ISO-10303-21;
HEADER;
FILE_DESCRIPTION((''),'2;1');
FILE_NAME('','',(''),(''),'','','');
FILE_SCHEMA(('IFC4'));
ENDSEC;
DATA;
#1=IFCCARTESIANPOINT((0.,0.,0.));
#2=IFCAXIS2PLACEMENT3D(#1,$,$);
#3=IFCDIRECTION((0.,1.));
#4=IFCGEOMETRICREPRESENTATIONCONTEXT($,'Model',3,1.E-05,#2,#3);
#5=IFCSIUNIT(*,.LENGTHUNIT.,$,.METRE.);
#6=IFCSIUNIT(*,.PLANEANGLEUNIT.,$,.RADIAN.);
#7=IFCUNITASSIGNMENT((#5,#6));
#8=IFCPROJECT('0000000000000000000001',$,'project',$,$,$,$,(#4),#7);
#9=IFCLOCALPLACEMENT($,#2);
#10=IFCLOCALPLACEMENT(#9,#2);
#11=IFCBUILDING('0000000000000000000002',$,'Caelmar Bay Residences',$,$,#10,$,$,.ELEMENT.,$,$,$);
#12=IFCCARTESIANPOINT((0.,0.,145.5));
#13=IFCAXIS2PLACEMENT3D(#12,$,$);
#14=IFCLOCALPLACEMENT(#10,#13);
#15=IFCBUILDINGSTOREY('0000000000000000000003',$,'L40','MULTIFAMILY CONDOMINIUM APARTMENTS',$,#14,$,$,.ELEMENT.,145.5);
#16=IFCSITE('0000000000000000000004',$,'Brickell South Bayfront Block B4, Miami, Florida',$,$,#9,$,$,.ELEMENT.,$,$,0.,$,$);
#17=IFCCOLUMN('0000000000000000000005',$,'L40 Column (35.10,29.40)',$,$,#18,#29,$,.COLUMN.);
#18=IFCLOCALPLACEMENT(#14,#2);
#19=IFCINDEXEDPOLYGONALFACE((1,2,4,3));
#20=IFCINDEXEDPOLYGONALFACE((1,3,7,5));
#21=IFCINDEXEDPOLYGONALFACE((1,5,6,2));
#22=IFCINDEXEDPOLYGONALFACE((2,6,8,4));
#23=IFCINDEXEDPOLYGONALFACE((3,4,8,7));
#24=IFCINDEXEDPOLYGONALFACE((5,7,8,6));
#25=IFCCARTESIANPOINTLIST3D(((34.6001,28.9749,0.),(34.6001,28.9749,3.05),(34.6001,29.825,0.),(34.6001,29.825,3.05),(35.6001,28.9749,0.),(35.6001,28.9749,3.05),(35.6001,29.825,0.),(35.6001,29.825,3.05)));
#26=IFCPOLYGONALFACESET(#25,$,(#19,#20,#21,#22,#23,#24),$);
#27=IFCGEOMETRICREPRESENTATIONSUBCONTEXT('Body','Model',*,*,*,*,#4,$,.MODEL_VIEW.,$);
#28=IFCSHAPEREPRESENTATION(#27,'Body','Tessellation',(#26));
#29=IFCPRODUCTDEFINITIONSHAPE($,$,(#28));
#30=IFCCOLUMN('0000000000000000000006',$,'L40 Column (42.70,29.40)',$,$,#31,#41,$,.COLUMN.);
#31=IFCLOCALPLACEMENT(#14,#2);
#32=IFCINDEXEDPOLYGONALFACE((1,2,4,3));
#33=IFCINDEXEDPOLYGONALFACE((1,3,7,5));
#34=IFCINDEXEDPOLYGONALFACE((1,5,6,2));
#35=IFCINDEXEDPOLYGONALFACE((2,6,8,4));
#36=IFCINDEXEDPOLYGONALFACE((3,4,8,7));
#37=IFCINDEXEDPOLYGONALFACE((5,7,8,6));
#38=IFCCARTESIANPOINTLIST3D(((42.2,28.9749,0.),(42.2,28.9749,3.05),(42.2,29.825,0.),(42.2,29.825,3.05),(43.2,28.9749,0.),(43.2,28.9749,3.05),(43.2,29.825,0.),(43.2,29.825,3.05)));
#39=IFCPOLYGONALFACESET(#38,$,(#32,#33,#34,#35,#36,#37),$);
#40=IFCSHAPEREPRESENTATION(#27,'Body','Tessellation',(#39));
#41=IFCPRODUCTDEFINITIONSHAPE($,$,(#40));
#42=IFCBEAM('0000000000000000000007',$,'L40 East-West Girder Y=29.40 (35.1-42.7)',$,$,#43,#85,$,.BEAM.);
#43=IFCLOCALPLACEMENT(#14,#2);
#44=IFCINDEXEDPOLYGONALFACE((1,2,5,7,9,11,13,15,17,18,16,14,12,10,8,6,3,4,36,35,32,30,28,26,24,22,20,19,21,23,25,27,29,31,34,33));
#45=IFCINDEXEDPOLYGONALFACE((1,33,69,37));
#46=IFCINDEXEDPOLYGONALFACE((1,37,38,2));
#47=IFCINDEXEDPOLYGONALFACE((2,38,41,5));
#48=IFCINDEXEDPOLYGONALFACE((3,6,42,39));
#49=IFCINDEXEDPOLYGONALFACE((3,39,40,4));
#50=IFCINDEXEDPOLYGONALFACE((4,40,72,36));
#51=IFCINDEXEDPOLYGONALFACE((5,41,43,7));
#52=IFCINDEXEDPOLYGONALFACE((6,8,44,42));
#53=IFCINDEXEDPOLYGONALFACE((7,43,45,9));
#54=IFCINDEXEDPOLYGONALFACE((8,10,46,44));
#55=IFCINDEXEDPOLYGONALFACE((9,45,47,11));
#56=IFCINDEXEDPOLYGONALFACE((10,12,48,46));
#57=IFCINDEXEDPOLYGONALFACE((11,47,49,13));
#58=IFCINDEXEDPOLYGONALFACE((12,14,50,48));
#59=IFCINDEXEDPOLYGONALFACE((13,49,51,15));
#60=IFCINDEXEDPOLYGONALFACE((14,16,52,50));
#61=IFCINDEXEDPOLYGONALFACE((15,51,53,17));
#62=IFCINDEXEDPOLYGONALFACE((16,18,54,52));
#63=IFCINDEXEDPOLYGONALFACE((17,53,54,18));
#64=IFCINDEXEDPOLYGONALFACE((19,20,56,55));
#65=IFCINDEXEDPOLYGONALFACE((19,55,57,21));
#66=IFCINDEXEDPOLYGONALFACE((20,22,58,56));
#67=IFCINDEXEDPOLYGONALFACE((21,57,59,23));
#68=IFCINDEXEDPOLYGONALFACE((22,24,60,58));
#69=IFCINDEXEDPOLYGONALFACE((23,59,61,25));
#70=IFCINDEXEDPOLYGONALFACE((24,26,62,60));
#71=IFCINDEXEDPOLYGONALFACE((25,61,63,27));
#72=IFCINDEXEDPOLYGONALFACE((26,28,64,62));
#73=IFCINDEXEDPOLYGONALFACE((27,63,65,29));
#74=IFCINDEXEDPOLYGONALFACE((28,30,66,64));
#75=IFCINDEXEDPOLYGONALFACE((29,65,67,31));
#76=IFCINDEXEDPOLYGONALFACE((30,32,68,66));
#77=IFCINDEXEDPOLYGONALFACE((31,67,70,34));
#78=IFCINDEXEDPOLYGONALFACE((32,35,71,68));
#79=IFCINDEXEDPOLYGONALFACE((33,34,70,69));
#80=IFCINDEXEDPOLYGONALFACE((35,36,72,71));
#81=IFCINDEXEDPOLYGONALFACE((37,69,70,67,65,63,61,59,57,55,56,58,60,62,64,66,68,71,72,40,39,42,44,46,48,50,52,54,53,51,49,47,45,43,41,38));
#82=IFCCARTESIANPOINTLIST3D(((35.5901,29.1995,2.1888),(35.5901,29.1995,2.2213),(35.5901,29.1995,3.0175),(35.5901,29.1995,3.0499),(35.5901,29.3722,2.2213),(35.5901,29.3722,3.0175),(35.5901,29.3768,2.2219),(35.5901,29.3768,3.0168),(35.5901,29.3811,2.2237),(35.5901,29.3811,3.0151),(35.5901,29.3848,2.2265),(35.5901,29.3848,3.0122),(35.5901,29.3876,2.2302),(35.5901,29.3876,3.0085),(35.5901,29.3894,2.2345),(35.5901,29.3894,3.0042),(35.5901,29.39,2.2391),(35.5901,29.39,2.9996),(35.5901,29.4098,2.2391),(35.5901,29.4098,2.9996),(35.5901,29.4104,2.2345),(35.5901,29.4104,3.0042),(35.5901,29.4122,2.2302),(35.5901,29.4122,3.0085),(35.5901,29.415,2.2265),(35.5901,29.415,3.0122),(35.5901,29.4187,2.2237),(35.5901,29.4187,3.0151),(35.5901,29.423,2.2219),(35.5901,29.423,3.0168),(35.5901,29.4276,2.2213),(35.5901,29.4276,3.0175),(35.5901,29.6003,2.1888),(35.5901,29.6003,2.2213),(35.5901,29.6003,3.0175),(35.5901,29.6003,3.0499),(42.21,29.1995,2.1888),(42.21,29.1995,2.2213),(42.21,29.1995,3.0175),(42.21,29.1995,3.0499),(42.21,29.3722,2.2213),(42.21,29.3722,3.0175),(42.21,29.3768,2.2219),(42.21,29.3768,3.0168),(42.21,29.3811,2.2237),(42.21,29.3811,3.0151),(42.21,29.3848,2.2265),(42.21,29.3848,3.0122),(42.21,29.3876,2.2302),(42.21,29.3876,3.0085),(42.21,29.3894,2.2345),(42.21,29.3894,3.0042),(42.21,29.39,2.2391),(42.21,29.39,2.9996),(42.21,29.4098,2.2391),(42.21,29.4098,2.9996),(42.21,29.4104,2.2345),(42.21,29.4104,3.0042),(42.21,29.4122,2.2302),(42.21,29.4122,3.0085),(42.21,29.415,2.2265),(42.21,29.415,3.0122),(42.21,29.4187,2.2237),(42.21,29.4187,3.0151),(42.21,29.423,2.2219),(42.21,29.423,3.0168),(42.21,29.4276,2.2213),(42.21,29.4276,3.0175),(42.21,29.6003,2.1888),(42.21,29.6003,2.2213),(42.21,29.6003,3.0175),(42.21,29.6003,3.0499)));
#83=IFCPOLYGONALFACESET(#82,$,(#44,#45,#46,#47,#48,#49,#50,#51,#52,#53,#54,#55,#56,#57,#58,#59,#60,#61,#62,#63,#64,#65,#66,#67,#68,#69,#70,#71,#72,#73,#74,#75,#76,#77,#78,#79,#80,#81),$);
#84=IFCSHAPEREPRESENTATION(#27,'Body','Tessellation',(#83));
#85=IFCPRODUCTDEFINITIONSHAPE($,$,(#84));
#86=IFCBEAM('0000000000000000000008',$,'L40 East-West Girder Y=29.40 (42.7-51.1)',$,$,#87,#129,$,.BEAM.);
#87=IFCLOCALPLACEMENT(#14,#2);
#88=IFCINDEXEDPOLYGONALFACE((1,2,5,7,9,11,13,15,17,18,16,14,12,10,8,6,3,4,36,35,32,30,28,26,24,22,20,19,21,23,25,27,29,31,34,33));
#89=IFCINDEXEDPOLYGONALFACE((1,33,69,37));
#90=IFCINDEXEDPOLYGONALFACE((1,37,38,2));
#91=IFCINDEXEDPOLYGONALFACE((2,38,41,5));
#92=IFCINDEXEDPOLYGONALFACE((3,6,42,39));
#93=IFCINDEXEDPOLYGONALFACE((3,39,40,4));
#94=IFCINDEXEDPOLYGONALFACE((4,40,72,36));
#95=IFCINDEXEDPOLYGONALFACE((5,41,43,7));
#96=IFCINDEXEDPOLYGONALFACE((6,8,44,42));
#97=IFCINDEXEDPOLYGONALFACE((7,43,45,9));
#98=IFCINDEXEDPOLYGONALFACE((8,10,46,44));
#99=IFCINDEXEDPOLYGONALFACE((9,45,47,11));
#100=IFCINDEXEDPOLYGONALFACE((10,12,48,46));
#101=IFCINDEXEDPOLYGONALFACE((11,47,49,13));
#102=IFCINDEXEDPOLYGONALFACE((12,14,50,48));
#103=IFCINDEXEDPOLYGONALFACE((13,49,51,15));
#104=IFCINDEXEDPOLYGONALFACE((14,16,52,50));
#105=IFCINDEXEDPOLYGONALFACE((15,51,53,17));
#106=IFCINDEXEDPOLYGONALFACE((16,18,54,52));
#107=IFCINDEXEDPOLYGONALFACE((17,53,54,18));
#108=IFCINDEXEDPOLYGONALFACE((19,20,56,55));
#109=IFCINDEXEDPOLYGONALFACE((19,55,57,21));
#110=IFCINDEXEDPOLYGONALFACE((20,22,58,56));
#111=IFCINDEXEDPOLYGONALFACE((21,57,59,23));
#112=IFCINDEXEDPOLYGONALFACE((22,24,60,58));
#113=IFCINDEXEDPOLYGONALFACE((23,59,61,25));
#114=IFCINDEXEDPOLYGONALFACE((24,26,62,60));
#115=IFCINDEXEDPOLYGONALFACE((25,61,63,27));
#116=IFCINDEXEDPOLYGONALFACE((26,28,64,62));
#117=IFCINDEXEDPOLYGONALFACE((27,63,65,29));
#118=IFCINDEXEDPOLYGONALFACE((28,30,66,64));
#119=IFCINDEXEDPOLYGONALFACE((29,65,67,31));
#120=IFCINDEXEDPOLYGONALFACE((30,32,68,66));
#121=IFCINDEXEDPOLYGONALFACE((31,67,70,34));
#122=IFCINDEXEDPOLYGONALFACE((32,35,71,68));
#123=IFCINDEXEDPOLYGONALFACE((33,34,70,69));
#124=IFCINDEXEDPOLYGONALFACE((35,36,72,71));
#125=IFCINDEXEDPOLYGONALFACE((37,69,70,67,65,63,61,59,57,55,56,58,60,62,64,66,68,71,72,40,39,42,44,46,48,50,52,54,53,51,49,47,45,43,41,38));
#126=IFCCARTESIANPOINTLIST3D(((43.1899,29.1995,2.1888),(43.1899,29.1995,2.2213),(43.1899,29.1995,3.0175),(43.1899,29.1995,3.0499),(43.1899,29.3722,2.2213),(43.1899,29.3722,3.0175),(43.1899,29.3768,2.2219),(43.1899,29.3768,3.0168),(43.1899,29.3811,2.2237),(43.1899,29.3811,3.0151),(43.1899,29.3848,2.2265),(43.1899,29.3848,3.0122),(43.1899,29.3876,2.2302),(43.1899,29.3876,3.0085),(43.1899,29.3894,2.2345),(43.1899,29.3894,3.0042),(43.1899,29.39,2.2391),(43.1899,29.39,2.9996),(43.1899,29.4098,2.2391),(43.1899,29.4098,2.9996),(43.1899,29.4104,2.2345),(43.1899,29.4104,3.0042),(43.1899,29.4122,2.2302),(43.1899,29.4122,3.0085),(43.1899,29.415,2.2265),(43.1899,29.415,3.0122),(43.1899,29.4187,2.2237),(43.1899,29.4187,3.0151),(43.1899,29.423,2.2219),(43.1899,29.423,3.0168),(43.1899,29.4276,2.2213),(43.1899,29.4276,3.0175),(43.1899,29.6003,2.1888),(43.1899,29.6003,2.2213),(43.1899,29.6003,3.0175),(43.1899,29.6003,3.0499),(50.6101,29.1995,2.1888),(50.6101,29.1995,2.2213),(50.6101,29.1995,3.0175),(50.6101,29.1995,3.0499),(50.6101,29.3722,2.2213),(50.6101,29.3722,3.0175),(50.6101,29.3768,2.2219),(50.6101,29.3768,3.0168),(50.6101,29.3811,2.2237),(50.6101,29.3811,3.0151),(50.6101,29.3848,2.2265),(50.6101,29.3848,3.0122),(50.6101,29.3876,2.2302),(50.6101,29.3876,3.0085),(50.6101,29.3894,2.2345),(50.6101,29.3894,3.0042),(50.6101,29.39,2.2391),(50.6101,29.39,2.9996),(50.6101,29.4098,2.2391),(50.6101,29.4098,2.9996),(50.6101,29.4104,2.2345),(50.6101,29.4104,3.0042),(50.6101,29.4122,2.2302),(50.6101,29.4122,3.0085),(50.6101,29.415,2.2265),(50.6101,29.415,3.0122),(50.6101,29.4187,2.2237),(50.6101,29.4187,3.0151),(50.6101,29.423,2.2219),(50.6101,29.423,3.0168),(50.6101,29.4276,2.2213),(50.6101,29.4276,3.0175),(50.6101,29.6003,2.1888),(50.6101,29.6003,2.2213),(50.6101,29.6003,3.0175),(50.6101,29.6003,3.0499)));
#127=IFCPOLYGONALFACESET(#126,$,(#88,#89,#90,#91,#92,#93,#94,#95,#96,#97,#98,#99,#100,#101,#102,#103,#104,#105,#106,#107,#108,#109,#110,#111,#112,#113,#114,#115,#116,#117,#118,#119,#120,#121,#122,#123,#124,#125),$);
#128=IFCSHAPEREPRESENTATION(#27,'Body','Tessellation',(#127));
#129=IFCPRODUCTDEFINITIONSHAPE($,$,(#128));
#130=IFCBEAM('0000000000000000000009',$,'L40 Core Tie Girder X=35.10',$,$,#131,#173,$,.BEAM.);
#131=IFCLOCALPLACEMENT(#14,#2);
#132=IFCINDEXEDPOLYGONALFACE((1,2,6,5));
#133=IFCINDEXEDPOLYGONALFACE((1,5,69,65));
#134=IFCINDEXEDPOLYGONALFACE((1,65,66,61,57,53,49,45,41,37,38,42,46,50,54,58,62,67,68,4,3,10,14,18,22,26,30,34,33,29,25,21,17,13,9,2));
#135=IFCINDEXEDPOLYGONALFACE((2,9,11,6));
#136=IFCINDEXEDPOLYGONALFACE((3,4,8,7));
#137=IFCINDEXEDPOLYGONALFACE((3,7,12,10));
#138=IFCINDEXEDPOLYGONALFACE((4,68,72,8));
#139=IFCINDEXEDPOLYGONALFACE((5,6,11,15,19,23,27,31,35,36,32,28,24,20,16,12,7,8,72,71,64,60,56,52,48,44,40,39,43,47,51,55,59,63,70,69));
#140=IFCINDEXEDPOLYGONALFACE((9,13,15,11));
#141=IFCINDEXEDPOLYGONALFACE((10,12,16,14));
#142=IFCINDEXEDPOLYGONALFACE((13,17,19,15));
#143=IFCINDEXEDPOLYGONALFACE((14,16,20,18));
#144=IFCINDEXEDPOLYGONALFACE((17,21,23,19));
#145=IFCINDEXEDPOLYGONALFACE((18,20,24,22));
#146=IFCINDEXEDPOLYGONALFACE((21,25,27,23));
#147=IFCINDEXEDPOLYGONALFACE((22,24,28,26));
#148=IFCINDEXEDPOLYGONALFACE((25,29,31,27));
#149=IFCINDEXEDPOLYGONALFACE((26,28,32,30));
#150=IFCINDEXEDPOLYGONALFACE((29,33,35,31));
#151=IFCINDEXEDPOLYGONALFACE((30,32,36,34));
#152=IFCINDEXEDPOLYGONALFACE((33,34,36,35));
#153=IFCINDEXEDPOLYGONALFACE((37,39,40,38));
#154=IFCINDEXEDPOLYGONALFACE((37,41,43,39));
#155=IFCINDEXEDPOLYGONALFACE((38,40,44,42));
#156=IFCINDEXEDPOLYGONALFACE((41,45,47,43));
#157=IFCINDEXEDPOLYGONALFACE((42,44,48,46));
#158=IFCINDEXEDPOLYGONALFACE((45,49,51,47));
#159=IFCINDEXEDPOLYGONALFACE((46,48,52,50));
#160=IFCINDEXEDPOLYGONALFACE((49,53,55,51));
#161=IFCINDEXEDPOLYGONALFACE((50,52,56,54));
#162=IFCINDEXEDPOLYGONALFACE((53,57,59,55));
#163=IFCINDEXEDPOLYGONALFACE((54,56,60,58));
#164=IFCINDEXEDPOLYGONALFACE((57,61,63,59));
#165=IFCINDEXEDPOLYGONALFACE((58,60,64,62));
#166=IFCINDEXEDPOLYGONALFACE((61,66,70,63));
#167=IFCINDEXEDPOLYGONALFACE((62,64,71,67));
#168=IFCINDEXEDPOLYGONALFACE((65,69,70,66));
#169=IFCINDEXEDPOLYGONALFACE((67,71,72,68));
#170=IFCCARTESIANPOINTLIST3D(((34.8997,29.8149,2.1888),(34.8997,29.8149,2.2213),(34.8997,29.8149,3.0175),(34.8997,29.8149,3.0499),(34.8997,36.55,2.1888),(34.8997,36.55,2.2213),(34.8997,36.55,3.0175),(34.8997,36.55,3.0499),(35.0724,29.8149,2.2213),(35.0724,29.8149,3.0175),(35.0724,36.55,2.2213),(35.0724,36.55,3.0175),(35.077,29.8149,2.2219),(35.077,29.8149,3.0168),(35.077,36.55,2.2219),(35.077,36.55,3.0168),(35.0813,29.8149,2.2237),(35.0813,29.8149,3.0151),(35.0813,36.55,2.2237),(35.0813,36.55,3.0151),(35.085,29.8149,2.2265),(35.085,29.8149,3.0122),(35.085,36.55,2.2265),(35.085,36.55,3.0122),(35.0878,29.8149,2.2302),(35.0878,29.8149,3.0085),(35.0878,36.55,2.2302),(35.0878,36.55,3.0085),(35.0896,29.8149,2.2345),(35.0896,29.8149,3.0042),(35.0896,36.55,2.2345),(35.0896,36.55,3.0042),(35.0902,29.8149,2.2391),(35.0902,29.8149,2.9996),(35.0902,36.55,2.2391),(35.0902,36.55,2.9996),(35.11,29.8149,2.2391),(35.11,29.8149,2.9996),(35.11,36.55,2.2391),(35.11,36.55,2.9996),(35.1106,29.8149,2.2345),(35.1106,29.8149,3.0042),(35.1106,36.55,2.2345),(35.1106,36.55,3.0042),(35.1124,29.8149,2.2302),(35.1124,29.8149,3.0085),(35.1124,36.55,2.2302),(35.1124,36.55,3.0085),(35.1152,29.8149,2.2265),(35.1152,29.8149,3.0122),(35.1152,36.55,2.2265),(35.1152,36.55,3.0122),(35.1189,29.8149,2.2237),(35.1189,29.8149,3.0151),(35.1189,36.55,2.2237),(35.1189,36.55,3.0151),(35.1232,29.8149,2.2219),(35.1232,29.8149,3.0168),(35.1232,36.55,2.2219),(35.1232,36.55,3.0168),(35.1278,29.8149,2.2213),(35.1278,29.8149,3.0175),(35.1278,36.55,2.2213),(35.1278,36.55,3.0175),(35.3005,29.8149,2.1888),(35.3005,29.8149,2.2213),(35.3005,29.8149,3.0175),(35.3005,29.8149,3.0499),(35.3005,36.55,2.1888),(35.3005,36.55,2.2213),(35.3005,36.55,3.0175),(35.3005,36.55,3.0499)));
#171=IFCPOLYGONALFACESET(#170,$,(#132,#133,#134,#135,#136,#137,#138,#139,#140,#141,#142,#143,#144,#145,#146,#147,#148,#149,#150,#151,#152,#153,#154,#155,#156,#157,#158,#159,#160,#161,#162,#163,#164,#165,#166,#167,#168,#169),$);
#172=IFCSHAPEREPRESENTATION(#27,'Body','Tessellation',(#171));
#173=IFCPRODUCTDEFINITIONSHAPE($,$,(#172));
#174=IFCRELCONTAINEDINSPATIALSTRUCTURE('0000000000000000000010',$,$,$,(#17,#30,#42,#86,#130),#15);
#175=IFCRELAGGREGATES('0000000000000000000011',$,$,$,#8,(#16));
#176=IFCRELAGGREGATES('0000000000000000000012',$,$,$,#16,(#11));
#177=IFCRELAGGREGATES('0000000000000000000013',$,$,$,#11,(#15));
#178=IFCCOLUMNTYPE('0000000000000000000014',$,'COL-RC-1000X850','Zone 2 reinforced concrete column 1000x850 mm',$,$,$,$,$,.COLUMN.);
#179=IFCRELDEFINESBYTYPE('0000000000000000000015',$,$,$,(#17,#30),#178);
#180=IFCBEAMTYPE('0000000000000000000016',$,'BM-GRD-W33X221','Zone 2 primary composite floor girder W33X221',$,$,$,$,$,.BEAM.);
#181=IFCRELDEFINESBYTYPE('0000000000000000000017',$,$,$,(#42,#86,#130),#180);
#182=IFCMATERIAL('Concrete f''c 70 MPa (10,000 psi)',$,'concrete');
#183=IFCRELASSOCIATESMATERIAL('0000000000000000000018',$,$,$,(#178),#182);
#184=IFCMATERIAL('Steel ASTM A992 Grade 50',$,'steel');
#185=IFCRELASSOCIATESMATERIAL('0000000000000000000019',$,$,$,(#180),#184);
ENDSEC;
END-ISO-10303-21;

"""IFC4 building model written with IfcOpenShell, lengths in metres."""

from ifc_helpers import new_model, si_unit, direction, frame, origin, origin_2d, place, context, subcontext, project, spatial, rectangle, i_section, extrude, material, material_profile, profile_set, type_object, element, save


model = new_model("IFC4")

# Units and contexts
model_context = context("Model", 3, precision=1e-05, world=origin(), true_north=direction((0.0, 1.0)))
body_context = subcontext(model_context, "Body", "Model", "MODEL_VIEW")
ifc_project = project(units=[si_unit("LENGTHUNIT", "METRE"), si_unit("PLANEANGLEUNIT", "RADIAN")], contexts=[model_context])

# Site, building, storey
site_placement = place(None, origin())
site = spatial("IfcSite", under=ifc_project, at=site_placement, Name="Brickell South Bayfront Block B4, Miami, Florida", CompositionType="ELEMENT", RefElevation=0.0)
building_placement = place(site_placement, origin())
building = spatial("IfcBuilding", under=site, at=building_placement, Name="Caelmar Bay Residences", CompositionType="ELEMENT")
storey_placement = place(building_placement, frame((0.0, 0.0, 145.5)))
storey = spatial("IfcBuildingStorey", under=building, at=storey_placement, Name="L40", Description="MULTIFAMILY CONDOMINIUM APARTMENTS", CompositionType="ELEMENT", Elevation=145.5)

# Columns
ifc_material_1 = material(Name="Concrete f'c 70 MPa (10,000 psi)", Category="concrete")
ifc_material_profile_1 = material_profile(ifc_material_1, rectangle(XDim=1.0, YDim=0.8501, at=origin_2d()), Name="RC-COL-1000X850")
ifc_profile_set_1 = profile_set([ifc_material_profile_1], Name="Concrete f'c 70 MPa (10,000 psi)")
column_type = type_object("IfcColumnType", Name="COL-RC-1000X850", Description="Zone 2 reinforced concrete column 1000x850 mm", PredefinedType="COLUMN", material=ifc_profile_set_1)
for number, where, z_axis, x_axis, name in (
    (1, (35.1001, 29.3999, 0.0), (0.0, 0.0, 1.0), (1.0, 0.0, 0.0), "L40 Column (35.10,29.40)"),
    (2, (42.7, 29.3999, 0.0), (0.0, 0.0, 1.0), (1.0, 0.0, 0.0), "L40 Column (42.70,29.40)"),
):
    element("IfcColumn", number, at=place(storey_placement, frame(where, z_axis=z_axis, x_axis=x_axis)), inside=storey, type_object=column_type, Name=name, PredefinedType="COLUMN", context=body_context, shape_type="SweptSolid", body=[
        extrude(rectangle(XDim=1.0, YDim=0.8501, at=origin_2d()), origin(), (0.0, 0.0, 1.0), 3.05),
    ])

# Beams
ifc_material_2 = material(Name="Steel ASTM A992 Grade 50", Category="steel")
ifc_material_profile_2 = material_profile(ifc_material_2, i_section(OverallWidth=0.4009, OverallDepth=0.8611, WebThickness=0.0198, FlangeThickness=0.0325, FilletRadius=0.0178, at=origin_2d()), Name="W33X221")
ifc_profile_set_2 = profile_set([ifc_material_profile_2], Name="Steel ASTM A992 Grade 50")
beam_type_1 = type_object("IfcBeamType", Name="BM-GRD-W33X221", Description="Zone 2 primary composite floor girder W33X221", PredefinedType="BEAM", material=ifc_profile_set_2)
beam_1_placement = place(storey_placement, frame((35.5901, 29.3999, 2.6194), z_axis=(1.0, 0.0, 0.0), x_axis=(0.0, 1.0, 0.0)))
element("IfcBeam", 3, at=beam_1_placement, inside=storey, type_object=beam_type_1, Name="L40 East-West Girder Y=29.40 (35.1-42.7)", PredefinedType="BEAM", context=body_context, shape_type="SweptSolid", body=[
    extrude(i_section(OverallWidth=0.4009, OverallDepth=0.8611, WebThickness=0.0198, FlangeThickness=0.0325, FilletRadius=0.0178, at=origin_2d()), origin(), (0.0, 0.0, 1.0), 6.6199),
])
beam_2_placement = place(storey_placement, frame((43.1899, 29.3999, 2.6194), z_axis=(1.0, 0.0, 0.0), x_axis=(0.0, 1.0, 0.0)))
element("IfcBeam", 4, at=beam_2_placement, inside=storey, type_object=beam_type_1, Name="L40 East-West Girder Y=29.40 (42.7-51.1)", PredefinedType="BEAM", context=body_context, shape_type="SweptSolid", body=[
    extrude(i_section(OverallWidth=0.4009, OverallDepth=0.8611, WebThickness=0.0198, FlangeThickness=0.0325, FilletRadius=0.0178, at=origin_2d()), origin(), (0.0, 0.0, 1.0), 7.4202),
])
for number, where, z_axis, x_axis, name in (
    (5, (35.1001, 29.8149, 2.6194), (0.0, 1.0, 0.0), (-1.0, 0.0, 0.0), "L40 Core Tie Girder X=35.10"),
):
    element("IfcBeam", number, at=place(storey_placement, frame(where, z_axis=z_axis, x_axis=x_axis)), inside=storey, type_object=beam_type_1, Name=name, PredefinedType="BEAM", context=body_context, shape_type="SweptSolid", body=[
        extrude(i_section(OverallWidth=0.4009, OverallDepth=0.8611, WebThickness=0.0198, FlangeThickness=0.0325, FilletRadius=0.0178, at=origin_2d()), origin(), (0.0, 0.0, 1.0), 6.7351),
    ])

save(model, "model.ifc")
